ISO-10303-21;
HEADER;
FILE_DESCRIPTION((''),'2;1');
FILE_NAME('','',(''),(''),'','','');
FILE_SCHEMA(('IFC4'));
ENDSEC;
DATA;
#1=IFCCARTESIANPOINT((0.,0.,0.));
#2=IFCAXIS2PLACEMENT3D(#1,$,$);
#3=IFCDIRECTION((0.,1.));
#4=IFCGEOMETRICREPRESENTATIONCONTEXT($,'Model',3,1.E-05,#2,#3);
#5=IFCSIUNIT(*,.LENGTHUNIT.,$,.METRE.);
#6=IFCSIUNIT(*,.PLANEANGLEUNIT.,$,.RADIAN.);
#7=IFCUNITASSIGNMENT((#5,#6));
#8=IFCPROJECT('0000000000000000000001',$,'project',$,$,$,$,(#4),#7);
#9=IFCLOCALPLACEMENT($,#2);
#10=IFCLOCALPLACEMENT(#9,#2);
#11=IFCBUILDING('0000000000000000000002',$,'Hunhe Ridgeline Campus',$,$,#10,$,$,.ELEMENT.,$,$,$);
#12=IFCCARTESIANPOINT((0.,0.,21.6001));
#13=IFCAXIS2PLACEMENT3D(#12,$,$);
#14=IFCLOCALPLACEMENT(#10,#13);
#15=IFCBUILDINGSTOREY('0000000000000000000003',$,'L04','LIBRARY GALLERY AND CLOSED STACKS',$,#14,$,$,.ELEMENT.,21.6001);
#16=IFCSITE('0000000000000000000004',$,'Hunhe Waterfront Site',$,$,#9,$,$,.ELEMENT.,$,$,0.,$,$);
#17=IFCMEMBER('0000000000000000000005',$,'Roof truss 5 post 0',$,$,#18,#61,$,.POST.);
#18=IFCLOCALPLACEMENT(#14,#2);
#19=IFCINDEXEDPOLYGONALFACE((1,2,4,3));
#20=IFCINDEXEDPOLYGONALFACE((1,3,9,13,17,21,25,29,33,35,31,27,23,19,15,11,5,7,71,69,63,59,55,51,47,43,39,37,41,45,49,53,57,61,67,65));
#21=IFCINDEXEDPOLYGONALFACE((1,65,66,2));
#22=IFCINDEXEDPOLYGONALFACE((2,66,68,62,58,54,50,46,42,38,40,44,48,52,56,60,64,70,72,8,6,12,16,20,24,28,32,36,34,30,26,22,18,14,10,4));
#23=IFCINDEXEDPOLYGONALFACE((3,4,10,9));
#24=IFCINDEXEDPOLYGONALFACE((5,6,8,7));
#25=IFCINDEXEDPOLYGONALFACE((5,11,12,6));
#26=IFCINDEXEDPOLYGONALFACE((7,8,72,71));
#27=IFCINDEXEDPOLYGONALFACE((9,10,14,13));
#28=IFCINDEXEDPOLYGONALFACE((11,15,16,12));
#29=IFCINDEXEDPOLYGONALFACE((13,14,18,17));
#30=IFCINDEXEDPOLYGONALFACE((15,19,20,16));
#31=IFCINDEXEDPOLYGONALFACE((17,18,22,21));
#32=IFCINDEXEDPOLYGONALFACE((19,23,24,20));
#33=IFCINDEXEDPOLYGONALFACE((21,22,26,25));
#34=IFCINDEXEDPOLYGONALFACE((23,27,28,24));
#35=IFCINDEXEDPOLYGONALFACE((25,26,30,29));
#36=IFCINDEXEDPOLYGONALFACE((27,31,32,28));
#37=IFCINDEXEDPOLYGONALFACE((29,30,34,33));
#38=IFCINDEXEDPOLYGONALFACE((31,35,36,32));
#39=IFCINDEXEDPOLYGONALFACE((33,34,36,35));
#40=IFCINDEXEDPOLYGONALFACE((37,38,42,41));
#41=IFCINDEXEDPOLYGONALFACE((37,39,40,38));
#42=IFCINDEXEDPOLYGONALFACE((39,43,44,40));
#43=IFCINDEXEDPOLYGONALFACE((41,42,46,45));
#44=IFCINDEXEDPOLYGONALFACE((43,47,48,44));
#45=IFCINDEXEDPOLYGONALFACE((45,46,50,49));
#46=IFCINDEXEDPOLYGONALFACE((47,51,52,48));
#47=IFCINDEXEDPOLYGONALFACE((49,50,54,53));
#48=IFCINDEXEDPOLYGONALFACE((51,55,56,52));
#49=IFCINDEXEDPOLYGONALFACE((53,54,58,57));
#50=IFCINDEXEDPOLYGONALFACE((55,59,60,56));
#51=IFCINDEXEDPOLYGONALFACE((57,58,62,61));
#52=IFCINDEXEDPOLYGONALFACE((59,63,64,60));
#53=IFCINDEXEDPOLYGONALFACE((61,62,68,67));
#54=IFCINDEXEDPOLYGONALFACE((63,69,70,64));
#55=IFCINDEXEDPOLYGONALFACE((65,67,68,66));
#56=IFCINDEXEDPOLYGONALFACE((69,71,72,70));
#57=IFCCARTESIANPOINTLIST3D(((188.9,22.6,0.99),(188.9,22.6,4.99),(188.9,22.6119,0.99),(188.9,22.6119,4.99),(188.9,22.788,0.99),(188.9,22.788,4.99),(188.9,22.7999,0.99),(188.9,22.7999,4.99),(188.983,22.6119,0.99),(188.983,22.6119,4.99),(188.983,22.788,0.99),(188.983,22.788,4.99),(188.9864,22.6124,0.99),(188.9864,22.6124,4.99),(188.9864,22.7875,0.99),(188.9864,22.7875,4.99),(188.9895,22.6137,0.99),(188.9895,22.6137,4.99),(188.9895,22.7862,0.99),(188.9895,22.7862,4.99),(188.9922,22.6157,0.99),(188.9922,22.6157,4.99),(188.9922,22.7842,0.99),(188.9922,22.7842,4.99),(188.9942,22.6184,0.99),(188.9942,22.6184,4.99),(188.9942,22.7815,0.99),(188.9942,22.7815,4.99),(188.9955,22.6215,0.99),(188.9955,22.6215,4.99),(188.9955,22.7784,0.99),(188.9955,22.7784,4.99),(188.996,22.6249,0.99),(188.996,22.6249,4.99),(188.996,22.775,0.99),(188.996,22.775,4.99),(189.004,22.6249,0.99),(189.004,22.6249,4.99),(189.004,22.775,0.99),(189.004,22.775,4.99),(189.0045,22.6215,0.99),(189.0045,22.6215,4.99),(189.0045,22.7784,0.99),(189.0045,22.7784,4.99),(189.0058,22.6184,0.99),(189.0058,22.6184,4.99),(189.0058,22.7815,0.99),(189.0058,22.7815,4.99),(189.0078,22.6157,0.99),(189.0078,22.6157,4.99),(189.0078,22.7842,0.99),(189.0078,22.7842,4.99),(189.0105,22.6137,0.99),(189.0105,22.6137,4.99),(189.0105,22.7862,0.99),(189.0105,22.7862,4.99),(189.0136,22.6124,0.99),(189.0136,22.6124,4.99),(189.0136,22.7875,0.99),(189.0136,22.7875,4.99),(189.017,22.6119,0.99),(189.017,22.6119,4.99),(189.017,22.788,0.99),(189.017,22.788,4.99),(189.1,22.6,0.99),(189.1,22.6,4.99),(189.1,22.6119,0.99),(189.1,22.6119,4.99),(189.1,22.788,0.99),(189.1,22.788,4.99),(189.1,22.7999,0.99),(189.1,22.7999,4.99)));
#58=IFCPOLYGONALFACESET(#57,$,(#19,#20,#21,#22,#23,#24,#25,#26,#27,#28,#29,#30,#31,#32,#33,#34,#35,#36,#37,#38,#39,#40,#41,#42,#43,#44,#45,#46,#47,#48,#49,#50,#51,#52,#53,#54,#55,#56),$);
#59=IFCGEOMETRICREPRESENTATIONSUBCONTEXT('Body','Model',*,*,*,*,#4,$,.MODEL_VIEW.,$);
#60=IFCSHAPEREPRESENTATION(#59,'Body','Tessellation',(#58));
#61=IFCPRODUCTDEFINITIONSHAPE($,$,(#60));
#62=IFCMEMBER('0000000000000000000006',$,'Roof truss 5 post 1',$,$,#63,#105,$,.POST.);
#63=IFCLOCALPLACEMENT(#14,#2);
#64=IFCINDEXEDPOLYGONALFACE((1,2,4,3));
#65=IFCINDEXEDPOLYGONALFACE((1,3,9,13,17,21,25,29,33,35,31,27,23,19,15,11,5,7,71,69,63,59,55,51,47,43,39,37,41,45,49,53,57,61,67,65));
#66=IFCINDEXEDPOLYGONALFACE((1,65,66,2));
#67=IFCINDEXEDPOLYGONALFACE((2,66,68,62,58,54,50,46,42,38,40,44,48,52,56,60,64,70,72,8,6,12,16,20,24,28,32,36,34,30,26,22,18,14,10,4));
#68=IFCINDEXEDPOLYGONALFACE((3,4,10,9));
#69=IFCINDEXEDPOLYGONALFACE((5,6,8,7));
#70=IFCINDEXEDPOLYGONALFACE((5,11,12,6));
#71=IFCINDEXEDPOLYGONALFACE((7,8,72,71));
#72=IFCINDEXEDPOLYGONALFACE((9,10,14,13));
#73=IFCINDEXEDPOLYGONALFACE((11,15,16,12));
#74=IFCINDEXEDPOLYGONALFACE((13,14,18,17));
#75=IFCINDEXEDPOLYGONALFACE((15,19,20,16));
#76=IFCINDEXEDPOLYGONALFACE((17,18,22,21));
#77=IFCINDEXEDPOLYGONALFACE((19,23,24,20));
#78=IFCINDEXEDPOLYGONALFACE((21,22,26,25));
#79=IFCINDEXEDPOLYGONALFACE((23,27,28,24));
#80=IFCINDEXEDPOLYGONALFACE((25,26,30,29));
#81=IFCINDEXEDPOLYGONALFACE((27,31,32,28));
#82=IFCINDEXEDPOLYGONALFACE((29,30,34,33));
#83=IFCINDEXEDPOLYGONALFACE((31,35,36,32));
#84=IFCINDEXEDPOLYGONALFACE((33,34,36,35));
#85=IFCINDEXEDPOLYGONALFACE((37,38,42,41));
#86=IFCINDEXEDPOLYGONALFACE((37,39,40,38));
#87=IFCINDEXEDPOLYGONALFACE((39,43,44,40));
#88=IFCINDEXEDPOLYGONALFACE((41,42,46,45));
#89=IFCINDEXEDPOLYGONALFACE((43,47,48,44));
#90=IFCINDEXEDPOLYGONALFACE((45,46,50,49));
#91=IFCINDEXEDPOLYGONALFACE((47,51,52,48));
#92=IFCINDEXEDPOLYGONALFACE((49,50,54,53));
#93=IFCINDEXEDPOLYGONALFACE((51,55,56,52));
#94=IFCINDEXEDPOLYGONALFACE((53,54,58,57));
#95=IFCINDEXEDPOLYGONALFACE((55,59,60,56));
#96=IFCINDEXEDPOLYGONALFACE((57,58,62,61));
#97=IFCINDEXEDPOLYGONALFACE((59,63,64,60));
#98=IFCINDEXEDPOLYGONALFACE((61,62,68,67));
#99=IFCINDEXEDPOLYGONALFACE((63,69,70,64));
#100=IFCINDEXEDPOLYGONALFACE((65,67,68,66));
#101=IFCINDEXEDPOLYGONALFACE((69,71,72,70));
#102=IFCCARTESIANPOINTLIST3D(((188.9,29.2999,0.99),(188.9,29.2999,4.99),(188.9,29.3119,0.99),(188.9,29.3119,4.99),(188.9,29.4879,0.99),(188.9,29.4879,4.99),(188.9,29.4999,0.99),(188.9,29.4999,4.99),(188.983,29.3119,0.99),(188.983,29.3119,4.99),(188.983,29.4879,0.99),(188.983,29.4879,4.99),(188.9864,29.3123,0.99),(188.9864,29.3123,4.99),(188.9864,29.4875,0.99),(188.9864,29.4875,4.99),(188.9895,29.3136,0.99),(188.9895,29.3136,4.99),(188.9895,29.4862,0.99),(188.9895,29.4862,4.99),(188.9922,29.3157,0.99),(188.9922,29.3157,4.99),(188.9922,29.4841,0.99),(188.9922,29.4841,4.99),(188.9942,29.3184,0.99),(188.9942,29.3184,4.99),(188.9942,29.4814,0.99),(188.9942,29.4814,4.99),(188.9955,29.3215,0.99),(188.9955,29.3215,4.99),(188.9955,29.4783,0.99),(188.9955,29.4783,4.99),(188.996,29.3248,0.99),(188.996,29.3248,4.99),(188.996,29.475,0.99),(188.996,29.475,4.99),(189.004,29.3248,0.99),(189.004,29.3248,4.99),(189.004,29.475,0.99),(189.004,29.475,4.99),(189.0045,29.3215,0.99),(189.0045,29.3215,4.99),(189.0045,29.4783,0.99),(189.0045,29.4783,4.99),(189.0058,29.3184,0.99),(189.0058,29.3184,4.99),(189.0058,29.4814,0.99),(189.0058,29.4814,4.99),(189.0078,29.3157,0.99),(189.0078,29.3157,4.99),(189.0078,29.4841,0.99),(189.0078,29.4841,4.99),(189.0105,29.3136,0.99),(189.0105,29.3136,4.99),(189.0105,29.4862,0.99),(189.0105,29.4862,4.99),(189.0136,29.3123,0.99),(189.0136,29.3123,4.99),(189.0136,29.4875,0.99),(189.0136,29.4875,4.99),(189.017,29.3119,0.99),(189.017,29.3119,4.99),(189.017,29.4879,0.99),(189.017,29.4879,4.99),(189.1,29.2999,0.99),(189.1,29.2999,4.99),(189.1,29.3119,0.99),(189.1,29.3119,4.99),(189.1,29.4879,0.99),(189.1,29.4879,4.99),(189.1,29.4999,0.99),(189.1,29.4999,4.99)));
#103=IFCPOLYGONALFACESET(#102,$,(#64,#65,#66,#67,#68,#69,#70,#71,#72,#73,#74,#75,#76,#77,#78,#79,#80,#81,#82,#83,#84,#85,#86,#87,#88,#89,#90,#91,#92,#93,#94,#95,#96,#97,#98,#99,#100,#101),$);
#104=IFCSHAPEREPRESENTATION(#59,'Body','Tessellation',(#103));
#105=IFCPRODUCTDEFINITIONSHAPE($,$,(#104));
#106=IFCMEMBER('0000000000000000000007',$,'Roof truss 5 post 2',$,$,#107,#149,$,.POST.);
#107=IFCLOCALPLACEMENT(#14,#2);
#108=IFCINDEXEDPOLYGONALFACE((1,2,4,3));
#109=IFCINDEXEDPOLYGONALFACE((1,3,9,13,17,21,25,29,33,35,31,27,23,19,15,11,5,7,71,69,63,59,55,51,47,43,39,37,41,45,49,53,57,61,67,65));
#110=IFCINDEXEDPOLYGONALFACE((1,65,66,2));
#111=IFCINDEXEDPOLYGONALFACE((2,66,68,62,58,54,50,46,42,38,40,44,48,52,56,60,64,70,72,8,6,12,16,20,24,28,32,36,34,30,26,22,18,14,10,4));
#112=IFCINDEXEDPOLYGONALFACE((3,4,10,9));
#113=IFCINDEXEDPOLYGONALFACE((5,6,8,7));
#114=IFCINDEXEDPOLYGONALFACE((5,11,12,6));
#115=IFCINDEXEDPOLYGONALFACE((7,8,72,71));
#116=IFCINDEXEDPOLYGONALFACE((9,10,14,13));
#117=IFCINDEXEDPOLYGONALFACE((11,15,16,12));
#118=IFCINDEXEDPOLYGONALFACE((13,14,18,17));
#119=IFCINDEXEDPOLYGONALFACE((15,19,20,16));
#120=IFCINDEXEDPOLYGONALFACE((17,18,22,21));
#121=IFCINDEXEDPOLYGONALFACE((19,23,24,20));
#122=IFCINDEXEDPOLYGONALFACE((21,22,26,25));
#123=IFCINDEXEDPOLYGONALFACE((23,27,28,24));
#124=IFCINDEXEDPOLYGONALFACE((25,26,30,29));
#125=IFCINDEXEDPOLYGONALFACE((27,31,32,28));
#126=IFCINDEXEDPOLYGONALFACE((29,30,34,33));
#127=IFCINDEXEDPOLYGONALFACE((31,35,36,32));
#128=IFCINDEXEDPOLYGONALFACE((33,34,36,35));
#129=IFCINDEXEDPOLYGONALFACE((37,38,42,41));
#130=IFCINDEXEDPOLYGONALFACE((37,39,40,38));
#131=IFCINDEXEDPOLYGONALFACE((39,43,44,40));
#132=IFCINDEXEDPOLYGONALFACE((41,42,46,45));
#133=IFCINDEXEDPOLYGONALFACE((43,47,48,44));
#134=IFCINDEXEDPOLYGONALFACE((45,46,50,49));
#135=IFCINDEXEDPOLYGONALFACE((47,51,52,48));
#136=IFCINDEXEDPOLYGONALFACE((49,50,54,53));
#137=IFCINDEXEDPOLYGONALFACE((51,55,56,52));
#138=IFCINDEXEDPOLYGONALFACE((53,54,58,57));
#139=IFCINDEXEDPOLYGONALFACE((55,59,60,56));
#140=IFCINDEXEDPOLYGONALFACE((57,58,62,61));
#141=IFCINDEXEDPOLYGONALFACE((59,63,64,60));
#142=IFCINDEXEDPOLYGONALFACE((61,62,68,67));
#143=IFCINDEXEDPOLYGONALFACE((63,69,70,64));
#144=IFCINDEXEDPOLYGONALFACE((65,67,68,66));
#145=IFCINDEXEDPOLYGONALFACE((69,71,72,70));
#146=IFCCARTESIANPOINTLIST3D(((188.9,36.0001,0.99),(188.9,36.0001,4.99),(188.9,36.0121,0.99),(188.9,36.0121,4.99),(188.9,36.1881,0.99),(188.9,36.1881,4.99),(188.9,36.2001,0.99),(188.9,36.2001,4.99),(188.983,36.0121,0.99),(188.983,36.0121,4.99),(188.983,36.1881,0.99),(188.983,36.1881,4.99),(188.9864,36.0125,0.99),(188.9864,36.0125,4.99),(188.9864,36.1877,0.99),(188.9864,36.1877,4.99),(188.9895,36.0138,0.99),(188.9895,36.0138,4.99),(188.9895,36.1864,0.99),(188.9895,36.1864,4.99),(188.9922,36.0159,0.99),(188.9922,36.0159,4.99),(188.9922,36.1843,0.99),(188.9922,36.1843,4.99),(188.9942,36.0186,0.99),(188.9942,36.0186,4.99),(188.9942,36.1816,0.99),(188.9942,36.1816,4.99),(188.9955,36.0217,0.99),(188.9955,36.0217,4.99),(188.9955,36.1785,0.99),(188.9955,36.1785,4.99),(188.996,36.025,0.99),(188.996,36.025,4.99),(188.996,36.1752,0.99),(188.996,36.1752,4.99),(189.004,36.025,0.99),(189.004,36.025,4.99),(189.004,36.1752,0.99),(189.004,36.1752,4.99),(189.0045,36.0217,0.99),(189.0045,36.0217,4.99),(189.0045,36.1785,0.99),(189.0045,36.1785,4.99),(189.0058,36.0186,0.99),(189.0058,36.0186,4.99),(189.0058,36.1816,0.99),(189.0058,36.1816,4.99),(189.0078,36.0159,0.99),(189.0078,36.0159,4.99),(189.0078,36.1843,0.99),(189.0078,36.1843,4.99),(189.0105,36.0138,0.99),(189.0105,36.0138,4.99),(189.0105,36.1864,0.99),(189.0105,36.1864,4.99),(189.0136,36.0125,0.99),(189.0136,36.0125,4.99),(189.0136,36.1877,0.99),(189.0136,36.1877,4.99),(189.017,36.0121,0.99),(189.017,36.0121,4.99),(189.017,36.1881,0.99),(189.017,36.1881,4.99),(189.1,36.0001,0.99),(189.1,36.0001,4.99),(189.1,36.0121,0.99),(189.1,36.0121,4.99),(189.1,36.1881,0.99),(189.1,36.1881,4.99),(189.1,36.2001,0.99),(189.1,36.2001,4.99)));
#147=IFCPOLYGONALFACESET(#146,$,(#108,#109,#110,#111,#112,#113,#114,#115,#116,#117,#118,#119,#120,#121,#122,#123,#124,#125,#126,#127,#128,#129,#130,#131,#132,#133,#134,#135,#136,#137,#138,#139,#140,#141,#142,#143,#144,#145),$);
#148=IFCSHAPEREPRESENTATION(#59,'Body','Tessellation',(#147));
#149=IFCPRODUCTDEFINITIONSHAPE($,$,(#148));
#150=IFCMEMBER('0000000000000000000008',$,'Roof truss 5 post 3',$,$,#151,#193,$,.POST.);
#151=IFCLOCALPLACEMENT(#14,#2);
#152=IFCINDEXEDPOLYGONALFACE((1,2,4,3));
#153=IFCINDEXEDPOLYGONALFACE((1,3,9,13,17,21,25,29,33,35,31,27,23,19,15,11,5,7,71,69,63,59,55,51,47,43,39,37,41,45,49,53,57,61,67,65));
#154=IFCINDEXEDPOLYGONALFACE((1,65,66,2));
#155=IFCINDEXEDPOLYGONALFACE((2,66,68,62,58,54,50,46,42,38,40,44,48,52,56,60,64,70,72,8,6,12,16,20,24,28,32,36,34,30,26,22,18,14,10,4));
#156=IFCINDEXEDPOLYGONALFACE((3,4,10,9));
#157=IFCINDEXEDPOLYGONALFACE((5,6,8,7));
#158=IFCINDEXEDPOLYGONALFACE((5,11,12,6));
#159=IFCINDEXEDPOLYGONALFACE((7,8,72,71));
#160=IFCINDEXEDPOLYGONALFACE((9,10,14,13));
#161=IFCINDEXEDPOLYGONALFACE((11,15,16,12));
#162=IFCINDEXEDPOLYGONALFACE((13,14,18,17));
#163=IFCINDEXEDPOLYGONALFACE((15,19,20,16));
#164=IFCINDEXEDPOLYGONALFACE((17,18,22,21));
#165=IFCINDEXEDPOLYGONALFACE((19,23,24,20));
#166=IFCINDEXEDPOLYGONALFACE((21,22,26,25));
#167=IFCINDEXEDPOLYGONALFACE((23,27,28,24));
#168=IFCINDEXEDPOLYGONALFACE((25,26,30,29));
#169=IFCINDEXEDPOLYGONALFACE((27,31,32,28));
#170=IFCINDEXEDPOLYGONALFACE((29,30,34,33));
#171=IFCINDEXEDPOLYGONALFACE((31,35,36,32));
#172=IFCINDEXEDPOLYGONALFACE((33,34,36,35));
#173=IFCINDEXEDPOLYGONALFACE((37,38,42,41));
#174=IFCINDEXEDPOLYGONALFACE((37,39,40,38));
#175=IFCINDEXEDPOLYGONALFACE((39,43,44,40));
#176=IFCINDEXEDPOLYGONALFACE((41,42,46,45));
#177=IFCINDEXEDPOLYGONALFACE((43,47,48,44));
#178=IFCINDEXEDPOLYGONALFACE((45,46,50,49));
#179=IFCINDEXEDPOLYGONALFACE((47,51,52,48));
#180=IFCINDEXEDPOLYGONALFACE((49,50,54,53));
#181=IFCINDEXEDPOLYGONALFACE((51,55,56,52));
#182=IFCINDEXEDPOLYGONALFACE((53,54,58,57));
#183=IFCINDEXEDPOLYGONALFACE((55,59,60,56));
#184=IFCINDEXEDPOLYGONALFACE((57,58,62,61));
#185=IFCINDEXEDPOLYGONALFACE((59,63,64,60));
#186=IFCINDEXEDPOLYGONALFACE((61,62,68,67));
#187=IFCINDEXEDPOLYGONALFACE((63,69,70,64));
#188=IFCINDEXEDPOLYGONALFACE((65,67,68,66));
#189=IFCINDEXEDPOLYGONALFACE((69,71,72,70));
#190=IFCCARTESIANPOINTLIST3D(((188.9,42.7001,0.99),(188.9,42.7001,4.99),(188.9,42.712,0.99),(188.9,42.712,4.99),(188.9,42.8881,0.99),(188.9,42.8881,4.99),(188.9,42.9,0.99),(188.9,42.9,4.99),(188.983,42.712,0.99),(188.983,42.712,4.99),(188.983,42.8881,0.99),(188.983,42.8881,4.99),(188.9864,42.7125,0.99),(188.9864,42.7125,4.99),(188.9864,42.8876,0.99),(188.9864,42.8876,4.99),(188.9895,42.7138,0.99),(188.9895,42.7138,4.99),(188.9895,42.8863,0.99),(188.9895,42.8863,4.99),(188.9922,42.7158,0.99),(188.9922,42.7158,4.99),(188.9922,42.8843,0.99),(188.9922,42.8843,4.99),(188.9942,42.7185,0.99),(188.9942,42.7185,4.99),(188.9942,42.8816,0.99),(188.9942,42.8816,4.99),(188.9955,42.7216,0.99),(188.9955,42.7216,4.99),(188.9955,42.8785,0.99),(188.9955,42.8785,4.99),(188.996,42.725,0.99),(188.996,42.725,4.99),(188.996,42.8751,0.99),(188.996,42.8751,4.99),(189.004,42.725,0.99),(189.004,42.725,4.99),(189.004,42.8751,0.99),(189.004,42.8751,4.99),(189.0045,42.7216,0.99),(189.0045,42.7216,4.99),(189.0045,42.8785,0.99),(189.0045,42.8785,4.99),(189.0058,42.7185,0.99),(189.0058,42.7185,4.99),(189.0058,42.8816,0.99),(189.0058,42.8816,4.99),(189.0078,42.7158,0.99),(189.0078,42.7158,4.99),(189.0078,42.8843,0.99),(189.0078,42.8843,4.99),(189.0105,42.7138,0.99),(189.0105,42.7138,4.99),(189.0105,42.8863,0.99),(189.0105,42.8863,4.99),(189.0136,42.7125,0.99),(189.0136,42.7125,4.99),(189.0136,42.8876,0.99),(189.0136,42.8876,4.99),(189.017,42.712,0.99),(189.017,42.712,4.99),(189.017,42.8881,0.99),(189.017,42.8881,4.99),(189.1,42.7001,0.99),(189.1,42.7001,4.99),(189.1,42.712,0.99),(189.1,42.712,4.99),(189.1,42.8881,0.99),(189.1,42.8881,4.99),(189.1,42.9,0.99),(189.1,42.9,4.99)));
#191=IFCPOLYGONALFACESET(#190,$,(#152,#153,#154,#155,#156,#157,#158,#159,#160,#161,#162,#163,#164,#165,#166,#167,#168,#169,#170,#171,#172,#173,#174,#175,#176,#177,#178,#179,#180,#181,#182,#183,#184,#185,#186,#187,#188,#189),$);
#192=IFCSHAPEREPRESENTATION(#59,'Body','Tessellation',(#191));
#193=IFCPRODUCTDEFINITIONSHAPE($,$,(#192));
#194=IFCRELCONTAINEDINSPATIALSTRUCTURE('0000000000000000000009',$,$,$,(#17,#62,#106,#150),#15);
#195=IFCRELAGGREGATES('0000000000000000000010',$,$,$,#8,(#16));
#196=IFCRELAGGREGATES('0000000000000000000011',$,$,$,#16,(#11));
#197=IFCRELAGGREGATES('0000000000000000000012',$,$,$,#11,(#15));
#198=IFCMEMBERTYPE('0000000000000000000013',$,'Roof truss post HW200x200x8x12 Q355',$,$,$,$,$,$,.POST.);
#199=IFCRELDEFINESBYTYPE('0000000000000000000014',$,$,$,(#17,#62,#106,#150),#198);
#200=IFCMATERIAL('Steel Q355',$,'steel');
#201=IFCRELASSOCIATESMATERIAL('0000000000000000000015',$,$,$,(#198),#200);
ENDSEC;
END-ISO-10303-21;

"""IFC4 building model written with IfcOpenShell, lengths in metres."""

from ifc_helpers import new_model, si_unit, direction, frame, origin, origin_2d, place, context, subcontext, project, spatial, i_section, extrude, material, material_profile, profile_set, type_object, element, save


model = new_model("IFC4")

# Units and contexts
model_context = context("Model", 3, precision=1e-05, world=origin(), true_north=direction((0.0, 1.0)))
body_context = subcontext(model_context, "Body", "Model", "MODEL_VIEW")
ifc_project = project(units=[si_unit("LENGTHUNIT", "METRE"), si_unit("PLANEANGLEUNIT", "RADIAN")], contexts=[model_context])

# Site, building, storey
site_placement = place(None, origin())
site = spatial("IfcSite", under=ifc_project, at=site_placement, Name="Hunhe Waterfront Site", CompositionType="ELEMENT", RefElevation=0.0)
building_placement = place(site_placement, origin())
building = spatial("IfcBuilding", under=site, at=building_placement, Name="Hunhe Ridgeline Campus", CompositionType="ELEMENT")
storey_placement = place(building_placement, frame((0.0, 0.0, 21.6001)))
storey = spatial("IfcBuildingStorey", under=building, at=storey_placement, Name="L04", Description="LIBRARY GALLERY AND CLOSED STACKS", CompositionType="ELEMENT", Elevation=21.6001)

# Members
ifc_material_1 = material(Name="Steel Q355", Category="steel")
ifc_material_profile_1 = material_profile(ifc_material_1, i_section(OverallWidth=0.2, OverallDepth=0.2, WebThickness=0.0081, FlangeThickness=0.012, FilletRadius=0.0129, at=origin_2d()))
ifc_profile_set_1 = profile_set([ifc_material_profile_1], Name="Steel Q355")
member_type_1 = type_object("IfcMemberType", Name="Roof truss post HW200x200x8x12 Q355", PredefinedType="POST", material=ifc_profile_set_1)
for number, where, z_axis, x_axis, name in (
    (1, (189.0, 22.7, 0.99), (0.0, 0.0, 1.0), (1.0, 0.0, 0.0), "Roof truss 5 post 0"),
    (2, (189.0, 29.3999, 0.99), (0.0, 0.0, 1.0), (1.0, 0.0, 0.0), "Roof truss 5 post 1"),
    (3, (189.0, 36.1001, 0.99), (0.0, 0.0, 1.0), (1.0, 0.0, 0.0), "Roof truss 5 post 2"),
    (4, (189.0, 42.8, 0.99), (0.0, 0.0, 1.0), (1.0, 0.0, 0.0), "Roof truss 5 post 3"),
):
    element("IfcMember", number, at=place(storey_placement, frame(where, z_axis=z_axis, x_axis=x_axis)), inside=storey, type_object=member_type_1, Name=name, PredefinedType="POST", context=body_context, shape_type="SweptSolid", body=[
        extrude(i_section(OverallWidth=0.2, OverallDepth=0.2, WebThickness=0.0081, FlangeThickness=0.012, FilletRadius=0.0129, at=origin_2d()), origin(), (0.0, 0.0, 1.0), 4.0),
    ])

save(model, "model.ifc")
